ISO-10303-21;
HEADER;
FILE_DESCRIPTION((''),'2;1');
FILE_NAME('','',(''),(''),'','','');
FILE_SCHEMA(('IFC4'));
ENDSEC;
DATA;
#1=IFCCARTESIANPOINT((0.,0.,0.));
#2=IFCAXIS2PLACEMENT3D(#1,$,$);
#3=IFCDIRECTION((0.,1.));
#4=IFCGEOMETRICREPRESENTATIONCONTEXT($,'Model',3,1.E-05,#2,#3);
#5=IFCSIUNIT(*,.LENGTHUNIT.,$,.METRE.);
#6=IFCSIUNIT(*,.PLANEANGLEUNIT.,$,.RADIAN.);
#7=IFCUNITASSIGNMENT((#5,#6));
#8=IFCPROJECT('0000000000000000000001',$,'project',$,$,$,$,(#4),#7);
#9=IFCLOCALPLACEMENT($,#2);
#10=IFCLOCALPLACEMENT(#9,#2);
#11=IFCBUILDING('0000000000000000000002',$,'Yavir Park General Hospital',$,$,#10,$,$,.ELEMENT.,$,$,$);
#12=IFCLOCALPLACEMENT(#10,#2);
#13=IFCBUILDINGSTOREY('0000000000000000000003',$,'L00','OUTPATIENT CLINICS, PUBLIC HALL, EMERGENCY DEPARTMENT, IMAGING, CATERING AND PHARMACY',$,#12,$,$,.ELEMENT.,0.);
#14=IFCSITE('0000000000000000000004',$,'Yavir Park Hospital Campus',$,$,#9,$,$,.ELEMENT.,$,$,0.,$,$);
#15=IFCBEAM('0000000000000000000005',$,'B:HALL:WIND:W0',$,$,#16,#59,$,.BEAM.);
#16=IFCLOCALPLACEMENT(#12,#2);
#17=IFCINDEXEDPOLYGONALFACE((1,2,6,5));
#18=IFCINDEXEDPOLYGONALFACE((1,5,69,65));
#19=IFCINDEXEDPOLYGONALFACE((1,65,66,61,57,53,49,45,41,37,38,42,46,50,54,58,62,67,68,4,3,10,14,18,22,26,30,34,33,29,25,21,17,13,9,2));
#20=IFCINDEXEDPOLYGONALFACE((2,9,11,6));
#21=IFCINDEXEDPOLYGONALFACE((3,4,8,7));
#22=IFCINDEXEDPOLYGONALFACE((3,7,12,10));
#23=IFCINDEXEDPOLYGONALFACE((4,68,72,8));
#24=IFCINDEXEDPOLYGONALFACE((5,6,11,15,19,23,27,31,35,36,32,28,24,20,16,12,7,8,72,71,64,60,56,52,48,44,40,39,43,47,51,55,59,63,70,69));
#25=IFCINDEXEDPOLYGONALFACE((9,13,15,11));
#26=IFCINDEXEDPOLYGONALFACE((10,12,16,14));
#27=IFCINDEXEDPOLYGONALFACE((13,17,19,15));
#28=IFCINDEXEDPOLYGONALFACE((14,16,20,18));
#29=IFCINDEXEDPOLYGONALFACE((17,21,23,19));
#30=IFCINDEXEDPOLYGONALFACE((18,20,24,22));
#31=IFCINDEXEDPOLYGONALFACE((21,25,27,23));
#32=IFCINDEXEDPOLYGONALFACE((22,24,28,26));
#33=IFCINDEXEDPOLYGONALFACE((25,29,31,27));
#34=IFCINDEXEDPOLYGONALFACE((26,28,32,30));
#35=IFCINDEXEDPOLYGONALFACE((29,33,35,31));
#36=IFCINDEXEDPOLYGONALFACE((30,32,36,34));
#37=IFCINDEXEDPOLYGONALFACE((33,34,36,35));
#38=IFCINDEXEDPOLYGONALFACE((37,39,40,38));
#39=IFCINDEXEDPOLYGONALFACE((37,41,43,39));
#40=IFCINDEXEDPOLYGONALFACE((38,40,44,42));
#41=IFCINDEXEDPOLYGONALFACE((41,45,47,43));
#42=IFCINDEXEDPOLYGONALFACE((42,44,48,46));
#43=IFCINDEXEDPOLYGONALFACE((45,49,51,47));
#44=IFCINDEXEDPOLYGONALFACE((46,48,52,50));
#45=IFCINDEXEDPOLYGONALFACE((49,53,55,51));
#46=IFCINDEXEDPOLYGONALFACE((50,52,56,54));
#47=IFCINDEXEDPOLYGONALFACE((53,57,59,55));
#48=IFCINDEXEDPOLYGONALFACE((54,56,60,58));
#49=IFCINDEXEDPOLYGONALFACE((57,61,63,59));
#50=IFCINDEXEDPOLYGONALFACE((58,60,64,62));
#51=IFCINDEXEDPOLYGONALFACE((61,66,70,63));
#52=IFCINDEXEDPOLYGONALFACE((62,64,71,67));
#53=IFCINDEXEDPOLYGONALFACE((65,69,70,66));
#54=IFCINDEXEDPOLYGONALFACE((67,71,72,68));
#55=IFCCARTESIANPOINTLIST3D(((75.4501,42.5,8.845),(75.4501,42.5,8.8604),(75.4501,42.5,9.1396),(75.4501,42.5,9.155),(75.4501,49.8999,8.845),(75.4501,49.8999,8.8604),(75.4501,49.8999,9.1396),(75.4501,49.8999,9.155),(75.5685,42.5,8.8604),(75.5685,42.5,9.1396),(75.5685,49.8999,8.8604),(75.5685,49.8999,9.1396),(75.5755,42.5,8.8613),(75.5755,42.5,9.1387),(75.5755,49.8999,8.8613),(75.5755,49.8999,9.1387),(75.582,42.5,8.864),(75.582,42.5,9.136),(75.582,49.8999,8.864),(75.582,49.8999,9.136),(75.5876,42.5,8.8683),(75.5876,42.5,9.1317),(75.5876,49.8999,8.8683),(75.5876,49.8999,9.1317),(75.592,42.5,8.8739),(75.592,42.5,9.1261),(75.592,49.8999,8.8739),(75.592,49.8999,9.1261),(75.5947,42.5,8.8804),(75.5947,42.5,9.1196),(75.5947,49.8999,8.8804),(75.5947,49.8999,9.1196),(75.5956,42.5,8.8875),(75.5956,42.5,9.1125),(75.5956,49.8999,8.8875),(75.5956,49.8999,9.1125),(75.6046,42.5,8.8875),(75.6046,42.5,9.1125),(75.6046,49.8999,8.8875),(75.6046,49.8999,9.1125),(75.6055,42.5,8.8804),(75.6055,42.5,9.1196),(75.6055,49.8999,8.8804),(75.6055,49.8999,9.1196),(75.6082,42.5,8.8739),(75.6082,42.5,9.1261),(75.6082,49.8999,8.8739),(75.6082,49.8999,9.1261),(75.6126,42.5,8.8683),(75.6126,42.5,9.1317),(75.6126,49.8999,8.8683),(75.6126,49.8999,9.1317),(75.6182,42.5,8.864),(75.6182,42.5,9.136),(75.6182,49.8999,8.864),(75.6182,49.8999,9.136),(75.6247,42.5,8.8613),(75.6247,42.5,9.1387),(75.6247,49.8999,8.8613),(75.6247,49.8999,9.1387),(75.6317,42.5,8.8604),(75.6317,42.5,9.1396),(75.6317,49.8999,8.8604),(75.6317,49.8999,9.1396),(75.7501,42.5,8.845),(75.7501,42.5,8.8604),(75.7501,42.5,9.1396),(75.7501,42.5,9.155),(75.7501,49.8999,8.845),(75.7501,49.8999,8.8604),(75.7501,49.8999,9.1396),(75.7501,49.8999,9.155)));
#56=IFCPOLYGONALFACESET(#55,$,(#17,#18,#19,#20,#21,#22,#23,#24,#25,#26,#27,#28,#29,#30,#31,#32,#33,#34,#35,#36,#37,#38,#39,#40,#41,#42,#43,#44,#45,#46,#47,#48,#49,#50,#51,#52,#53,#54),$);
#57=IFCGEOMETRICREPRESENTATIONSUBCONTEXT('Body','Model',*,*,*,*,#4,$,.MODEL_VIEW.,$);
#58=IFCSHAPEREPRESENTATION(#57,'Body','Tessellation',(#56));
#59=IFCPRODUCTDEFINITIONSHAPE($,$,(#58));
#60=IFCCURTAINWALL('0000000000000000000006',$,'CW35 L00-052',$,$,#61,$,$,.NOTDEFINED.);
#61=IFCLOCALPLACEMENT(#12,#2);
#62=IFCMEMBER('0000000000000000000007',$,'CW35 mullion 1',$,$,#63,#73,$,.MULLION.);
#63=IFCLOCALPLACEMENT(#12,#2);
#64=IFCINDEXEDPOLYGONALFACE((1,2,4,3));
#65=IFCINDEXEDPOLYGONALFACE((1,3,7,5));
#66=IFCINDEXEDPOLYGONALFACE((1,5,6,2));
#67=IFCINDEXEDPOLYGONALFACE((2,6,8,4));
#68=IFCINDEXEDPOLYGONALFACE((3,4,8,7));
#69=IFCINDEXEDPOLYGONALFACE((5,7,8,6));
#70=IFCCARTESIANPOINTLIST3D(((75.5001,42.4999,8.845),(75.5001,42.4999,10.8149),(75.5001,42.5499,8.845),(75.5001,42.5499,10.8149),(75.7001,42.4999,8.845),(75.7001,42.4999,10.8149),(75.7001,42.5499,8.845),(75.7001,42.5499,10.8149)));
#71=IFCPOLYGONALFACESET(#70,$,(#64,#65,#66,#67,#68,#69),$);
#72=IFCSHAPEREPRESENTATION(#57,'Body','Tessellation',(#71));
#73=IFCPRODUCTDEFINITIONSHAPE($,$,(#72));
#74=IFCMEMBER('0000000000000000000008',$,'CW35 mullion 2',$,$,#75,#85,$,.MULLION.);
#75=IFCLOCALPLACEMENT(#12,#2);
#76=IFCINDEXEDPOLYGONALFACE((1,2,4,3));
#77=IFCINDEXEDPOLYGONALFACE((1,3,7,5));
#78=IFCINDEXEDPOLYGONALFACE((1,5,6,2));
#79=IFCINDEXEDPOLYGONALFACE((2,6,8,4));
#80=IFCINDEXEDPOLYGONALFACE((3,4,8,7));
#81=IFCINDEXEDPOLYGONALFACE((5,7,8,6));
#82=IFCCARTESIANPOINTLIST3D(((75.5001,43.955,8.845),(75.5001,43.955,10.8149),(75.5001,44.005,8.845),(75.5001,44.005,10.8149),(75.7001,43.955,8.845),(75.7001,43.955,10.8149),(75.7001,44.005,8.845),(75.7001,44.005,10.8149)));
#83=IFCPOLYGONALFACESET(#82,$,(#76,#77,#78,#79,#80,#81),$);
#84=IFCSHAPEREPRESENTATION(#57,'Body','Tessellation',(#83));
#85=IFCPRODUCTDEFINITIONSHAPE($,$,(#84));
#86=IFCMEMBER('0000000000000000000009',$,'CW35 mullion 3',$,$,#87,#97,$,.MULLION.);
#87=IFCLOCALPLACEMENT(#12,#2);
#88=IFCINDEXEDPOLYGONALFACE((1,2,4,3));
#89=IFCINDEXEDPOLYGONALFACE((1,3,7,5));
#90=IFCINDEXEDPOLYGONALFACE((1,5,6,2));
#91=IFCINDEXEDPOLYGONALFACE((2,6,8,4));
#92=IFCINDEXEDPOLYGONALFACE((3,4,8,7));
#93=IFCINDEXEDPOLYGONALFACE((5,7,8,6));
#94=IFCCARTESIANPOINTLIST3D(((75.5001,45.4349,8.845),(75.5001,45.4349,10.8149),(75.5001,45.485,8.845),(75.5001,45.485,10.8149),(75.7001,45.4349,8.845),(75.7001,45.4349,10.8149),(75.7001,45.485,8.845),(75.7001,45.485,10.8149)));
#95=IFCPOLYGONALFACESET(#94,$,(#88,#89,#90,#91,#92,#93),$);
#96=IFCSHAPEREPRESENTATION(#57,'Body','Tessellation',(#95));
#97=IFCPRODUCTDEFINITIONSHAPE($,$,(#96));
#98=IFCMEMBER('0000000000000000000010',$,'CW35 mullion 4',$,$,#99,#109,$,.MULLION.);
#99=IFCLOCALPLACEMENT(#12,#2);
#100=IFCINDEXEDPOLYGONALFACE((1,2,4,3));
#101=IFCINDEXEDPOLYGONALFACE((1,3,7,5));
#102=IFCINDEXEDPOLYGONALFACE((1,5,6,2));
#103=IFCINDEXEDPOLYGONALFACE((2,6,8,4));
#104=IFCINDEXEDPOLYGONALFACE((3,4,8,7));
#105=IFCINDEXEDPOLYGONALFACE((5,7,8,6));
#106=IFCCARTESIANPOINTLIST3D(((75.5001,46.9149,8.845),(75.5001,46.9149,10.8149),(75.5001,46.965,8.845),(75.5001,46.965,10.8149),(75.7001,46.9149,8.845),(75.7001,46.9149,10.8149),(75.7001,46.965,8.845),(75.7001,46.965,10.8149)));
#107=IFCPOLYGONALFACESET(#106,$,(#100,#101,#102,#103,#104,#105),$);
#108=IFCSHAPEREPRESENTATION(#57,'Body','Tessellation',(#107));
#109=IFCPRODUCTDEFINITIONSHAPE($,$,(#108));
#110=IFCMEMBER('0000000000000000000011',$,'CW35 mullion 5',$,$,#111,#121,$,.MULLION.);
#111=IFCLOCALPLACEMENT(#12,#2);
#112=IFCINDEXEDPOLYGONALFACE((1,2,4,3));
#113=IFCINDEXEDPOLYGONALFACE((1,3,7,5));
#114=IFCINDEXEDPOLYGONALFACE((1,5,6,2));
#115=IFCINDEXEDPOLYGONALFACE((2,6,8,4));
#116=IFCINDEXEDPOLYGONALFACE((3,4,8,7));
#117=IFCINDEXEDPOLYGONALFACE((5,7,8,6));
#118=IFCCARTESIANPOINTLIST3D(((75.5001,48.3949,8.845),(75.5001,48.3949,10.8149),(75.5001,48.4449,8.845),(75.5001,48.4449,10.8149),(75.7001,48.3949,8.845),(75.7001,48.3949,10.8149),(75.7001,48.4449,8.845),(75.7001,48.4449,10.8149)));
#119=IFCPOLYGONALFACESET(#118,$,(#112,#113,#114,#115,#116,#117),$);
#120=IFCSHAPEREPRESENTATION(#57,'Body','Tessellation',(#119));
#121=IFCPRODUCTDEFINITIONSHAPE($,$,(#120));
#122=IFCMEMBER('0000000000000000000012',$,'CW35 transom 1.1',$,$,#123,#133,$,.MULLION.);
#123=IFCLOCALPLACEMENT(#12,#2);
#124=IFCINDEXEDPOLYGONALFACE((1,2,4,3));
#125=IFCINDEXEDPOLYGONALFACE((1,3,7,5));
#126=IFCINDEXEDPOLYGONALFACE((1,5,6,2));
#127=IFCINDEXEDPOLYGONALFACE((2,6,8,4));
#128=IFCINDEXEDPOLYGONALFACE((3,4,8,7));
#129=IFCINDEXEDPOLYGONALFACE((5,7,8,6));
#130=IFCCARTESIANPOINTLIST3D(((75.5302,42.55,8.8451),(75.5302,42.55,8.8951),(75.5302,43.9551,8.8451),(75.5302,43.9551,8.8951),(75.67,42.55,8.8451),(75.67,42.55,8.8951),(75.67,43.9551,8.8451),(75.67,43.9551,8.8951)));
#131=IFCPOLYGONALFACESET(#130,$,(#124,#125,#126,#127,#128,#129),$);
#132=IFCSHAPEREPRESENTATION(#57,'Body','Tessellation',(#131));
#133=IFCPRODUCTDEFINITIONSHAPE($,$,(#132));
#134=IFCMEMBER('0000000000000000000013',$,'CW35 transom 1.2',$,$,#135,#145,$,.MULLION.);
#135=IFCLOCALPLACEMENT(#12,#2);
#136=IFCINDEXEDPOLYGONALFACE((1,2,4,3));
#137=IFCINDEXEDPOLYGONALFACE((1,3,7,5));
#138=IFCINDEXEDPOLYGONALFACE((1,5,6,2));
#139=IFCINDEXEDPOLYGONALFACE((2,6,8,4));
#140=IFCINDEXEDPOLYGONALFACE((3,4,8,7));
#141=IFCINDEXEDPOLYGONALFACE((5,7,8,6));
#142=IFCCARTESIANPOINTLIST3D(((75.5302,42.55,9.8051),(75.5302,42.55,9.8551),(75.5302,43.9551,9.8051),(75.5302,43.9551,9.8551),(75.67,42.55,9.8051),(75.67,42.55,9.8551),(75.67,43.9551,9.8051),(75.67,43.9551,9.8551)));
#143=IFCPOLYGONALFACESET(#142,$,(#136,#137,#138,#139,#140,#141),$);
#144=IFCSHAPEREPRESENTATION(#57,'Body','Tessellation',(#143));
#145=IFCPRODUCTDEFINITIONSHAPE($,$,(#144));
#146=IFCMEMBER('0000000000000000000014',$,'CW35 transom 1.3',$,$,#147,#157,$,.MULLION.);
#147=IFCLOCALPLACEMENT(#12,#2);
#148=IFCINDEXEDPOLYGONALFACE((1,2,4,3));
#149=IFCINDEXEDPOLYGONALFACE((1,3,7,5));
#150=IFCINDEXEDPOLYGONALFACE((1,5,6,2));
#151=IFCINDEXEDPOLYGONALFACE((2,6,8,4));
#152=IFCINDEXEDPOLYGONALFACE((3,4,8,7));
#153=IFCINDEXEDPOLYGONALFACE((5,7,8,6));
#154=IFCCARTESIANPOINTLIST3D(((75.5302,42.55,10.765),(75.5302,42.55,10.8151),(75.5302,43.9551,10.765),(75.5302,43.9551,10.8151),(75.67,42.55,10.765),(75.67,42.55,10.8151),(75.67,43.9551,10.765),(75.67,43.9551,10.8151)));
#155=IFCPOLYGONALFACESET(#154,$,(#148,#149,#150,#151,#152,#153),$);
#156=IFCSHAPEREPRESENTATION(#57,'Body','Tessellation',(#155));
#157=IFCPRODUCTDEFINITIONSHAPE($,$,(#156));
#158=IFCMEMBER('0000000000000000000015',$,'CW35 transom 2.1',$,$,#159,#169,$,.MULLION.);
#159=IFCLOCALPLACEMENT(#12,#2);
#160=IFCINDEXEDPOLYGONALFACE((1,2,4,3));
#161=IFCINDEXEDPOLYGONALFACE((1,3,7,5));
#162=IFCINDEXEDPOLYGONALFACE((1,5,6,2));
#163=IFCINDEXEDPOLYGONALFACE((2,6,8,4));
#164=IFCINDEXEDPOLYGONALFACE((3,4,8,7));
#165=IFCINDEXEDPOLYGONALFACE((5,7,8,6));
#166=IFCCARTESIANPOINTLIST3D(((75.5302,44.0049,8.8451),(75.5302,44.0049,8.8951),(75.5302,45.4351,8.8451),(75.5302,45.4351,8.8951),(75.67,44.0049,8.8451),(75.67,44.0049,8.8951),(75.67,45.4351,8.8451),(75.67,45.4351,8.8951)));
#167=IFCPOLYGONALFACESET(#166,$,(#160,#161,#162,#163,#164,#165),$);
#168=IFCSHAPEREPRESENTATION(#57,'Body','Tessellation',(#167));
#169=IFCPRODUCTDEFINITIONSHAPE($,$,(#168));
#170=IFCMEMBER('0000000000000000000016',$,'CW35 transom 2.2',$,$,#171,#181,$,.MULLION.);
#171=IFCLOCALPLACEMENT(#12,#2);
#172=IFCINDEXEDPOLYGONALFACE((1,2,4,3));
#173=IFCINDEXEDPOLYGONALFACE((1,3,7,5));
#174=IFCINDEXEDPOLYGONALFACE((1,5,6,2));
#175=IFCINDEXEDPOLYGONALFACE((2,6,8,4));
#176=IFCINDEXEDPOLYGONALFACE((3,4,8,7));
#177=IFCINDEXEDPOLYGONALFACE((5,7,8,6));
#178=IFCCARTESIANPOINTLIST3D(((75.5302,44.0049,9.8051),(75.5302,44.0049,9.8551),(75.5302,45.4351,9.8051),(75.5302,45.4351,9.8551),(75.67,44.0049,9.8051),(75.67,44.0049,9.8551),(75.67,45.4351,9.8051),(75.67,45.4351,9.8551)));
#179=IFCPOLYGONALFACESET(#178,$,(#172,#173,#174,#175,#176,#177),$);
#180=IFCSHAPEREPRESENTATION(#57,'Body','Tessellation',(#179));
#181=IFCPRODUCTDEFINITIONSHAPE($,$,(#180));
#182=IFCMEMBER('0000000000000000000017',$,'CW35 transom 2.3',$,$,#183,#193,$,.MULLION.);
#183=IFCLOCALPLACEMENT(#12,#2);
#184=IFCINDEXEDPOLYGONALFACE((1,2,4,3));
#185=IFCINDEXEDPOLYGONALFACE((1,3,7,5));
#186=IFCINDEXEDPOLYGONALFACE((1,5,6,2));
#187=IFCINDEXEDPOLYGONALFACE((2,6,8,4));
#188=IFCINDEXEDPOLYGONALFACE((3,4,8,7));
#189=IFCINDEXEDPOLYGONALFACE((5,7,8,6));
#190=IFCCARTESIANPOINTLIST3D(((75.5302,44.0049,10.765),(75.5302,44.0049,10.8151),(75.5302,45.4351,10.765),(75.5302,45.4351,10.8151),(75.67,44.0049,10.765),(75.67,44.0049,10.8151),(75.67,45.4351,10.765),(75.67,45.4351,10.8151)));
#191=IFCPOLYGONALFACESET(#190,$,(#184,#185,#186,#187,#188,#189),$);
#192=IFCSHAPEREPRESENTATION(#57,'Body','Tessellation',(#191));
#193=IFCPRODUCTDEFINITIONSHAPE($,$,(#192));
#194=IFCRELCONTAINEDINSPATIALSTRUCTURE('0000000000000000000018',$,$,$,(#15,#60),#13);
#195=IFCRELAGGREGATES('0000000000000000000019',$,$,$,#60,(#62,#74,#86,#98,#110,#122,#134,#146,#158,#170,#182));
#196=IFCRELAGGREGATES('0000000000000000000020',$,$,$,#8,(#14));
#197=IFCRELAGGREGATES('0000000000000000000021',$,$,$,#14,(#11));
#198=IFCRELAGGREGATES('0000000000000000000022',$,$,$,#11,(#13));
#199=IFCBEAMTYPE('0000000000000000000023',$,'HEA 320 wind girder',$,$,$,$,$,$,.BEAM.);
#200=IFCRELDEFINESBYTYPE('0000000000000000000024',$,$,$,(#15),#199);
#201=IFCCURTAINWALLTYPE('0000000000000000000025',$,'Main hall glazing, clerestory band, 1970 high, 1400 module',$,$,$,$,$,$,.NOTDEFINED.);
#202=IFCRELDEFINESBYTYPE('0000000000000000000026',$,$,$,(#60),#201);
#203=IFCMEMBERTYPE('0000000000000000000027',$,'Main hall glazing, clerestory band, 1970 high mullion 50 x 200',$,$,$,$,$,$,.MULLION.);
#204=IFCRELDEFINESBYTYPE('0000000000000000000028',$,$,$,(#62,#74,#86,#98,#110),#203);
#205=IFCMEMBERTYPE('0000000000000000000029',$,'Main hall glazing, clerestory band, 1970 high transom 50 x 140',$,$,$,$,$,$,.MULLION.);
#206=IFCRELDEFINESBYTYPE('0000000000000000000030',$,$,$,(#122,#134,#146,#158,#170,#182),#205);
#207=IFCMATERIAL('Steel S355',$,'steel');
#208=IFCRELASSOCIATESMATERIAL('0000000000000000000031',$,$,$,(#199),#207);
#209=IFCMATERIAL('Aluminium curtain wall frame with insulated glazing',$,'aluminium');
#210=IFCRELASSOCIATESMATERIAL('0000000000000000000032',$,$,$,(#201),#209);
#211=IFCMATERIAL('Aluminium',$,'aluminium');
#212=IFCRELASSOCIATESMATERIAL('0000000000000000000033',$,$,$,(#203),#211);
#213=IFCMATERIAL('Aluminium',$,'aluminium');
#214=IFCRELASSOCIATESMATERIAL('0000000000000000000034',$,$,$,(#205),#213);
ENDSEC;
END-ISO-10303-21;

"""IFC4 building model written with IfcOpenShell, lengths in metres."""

from ifc_helpers import new_model, si_unit, direction, frame, origin, origin_2d, place, context, subcontext, project, spatial, rectangle, i_section, extrude, material, material_profile, profile_set, type_object, element, aggregate, save


model = new_model("IFC4")

# Units and contexts
model_context = context("Model", 3, precision=1e-05, world=origin(), true_north=direction((0.0, 1.0)))
body_context = subcontext(model_context, "Body", "Model", "MODEL_VIEW")
ifc_project = project(units=[si_unit("LENGTHUNIT", "METRE"), si_unit("PLANEANGLEUNIT", "RADIAN")], contexts=[model_context])

# Site, building, storey
site_placement = place(None, origin())
site = spatial("IfcSite", under=ifc_project, at=site_placement, Name="Yavir Park Hospital Campus", CompositionType="ELEMENT", RefElevation=0.0)
building_placement = place(site_placement, origin())
building = spatial("IfcBuilding", under=site, at=building_placement, Name="Yavir Park General Hospital", CompositionType="ELEMENT")
storey_placement = place(building_placement, origin())
storey = spatial("IfcBuildingStorey", under=building, at=storey_placement, Name="L00", Description="OUTPATIENT CLINICS, PUBLIC HALL, EMERGENCY DEPARTMENT, IMAGING, CATERING AND PHARMACY", CompositionType="ELEMENT", Elevation=0.0)

# Beam
ifc_material_1 = material(Name="Steel S355", Category="steel")
ifc_material_profile_1 = material_profile(ifc_material_1, i_section(OverallWidth=0.3, OverallDepth=0.3101, WebThickness=0.009, FlangeThickness=0.0154, FilletRadius=0.0271, at=origin_2d()), Name="HEA320")
ifc_profile_set_1 = profile_set([ifc_material_profile_1], Name="Steel S355")
beam_type_1 = type_object("IfcBeamType", Name="HEA 320 wind girder", PredefinedType="BEAM", material=ifc_profile_set_1)
beam_1_placement = place(storey_placement, frame((75.6001, 42.5, 9.0), z_axis=(0.0, 1.0, 0.0), x_axis=(-1.0, 0.0, 0.0)))
element("IfcBeam", 1, at=beam_1_placement, inside=storey, type_object=beam_type_1, Name="B:HALL:WIND:W0", PredefinedType="BEAM", context=body_context, shape_type="SweptSolid", body=[
    extrude(i_section(OverallWidth=0.3, OverallDepth=0.3101, WebThickness=0.009, FlangeThickness=0.0154, FilletRadius=0.0271, at=origin_2d()), origin(), (0.0, 0.0, 1.0), 7.3999),
])

# Curtain wall, members
ifc_material_2 = material(Name="Aluminium curtain wall frame with insulated glazing", Category="aluminium")
curtain_wall_type_1 = type_object("IfcCurtainWallType", Name="Main hall glazing, clerestory band, 1970 high, 1400 module", PredefinedType="NOTDEFINED", material=ifc_material_2)
curtain_wall_1_placement = place(storey_placement, origin())
curtain_wall_1 = element("IfcCurtainWall", 2, at=curtain_wall_1_placement, inside=storey, type_object=curtain_wall_type_1, Name="CW35 L00-052", PredefinedType="NOTDEFINED")
ifc_material_3 = material(Name="Aluminium", Category="aluminium")
ifc_material_profile_2 = material_profile(ifc_material_3, rectangle(XDim=0.2, YDim=0.05, at=origin_2d()), Name="AL 50x200")
ifc_profile_set_2 = profile_set([ifc_material_profile_2], Name="Aluminium")
member_type_1 = type_object("IfcMemberType", Name="Main hall glazing, clerestory band, 1970 high mullion 50 x 200", PredefinedType="MULLION", material=ifc_profile_set_2)
member_1_placement = place(storey_placement, frame((75.6001, 42.5249, 8.845), z_axis=(0.0, 0.0, 1.0), x_axis=(-1.0, 0.0, 0.0)))
member_1 = element("IfcMember", 3, at=member_1_placement, type_object=member_type_1, Name="CW35 mullion 1", PredefinedType="MULLION", context=body_context, shape_type="SweptSolid", body=[
    extrude(rectangle(XDim=0.2, YDim=0.05, at=origin_2d()), origin(), (0.0, 0.0, 1.0), 1.97),
])
member_2_placement = place(storey_placement, frame((75.6001, 43.98, 8.845), z_axis=(0.0, 0.0, 1.0), x_axis=(-1.0, 0.0, 0.0)))
member_2 = element("IfcMember", 4, at=member_2_placement, type_object=member_type_1, Name="CW35 mullion 2", PredefinedType="MULLION", context=body_context, shape_type="SweptSolid", body=[
    extrude(rectangle(XDim=0.2, YDim=0.05, at=origin_2d()), origin(), (0.0, 0.0, 1.0), 1.97),
])
member_3_placement = place(storey_placement, frame((75.6001, 45.46, 8.845), z_axis=(0.0, 0.0, 1.0), x_axis=(-1.0, 0.0, 0.0)))
member_3 = element("IfcMember", 5, at=member_3_placement, type_object=member_type_1, Name="CW35 mullion 3", PredefinedType="MULLION", context=body_context, shape_type="SweptSolid", body=[
    extrude(rectangle(XDim=0.2, YDim=0.05, at=origin_2d()), origin(), (0.0, 0.0, 1.0), 1.97),
])
member_4_placement = place(storey_placement, frame((75.6001, 46.9399, 8.845), z_axis=(0.0, 0.0, 1.0), x_axis=(-1.0, 0.0, 0.0)))
member_4 = element("IfcMember", 6, at=member_4_placement, type_object=member_type_1, Name="CW35 mullion 4", PredefinedType="MULLION", context=body_context, shape_type="SweptSolid", body=[
    extrude(rectangle(XDim=0.2, YDim=0.05, at=origin_2d()), origin(), (0.0, 0.0, 1.0), 1.97),
])
member_5_placement = place(storey_placement, frame((75.6001, 48.4199, 8.845), z_axis=(0.0, 0.0, 1.0), x_axis=(-1.0, 0.0, 0.0)))
member_5 = element("IfcMember", 7, at=member_5_placement, type_object=member_type_1, Name="CW35 mullion 5", PredefinedType="MULLION", context=body_context, shape_type="SweptSolid", body=[
    extrude(rectangle(XDim=0.2, YDim=0.05, at=origin_2d()), origin(), (0.0, 0.0, 1.0), 1.97),
])
ifc_material_4 = material(Name="Aluminium", Category="aluminium")
ifc_material_profile_3 = material_profile(ifc_material_4, rectangle(XDim=0.1399, YDim=0.05, at=origin_2d()), Name="AL 140x50")
ifc_profile_set_3 = profile_set([ifc_material_profile_3], Name="Aluminium")
member_type_2 = type_object("IfcMemberType", Name="Main hall glazing, clerestory band, 1970 high transom 50 x 140", PredefinedType="MULLION", material=ifc_profile_set_3)
member_6_placement = place(storey_placement, frame((75.6001, 42.55, 8.8701), z_axis=(0.0, 1.0, 0.0), x_axis=(-1.0, 0.0, 0.0)))
member_6 = element("IfcMember", 8, at=member_6_placement, type_object=member_type_2, Name="CW35 transom 1.1", PredefinedType="MULLION", context=body_context, shape_type="SweptSolid", body=[
    extrude(rectangle(XDim=0.1399, YDim=0.05, at=origin_2d()), origin(), (0.0, 0.0, 1.0), 1.405),
])
member_7_placement = place(storey_placement, frame((75.6001, 42.55, 9.8301), z_axis=(0.0, 1.0, 0.0), x_axis=(-1.0, 0.0, 0.0)))
member_7 = element("IfcMember", 9, at=member_7_placement, type_object=member_type_2, Name="CW35 transom 1.2", PredefinedType="MULLION", context=body_context, shape_type="SweptSolid", body=[
    extrude(rectangle(XDim=0.1399, YDim=0.05, at=origin_2d()), origin(), (0.0, 0.0, 1.0), 1.405),
])
member_8_placement = place(storey_placement, frame((75.6001, 42.55, 10.79), z_axis=(0.0, 1.0, 0.0), x_axis=(-1.0, 0.0, 0.0)))
member_8 = element("IfcMember", 10, at=member_8_placement, type_object=member_type_2, Name="CW35 transom 1.3", PredefinedType="MULLION", context=body_context, shape_type="SweptSolid", body=[
    extrude(rectangle(XDim=0.1399, YDim=0.05, at=origin_2d()), origin(), (0.0, 0.0, 1.0), 1.405),
])
member_9_placement = place(storey_placement, frame((75.6001, 44.0049, 8.8701), z_axis=(0.0, 1.0, 0.0), x_axis=(-1.0, 0.0, 0.0)))
member_9 = element("IfcMember", 11, at=member_9_placement, type_object=member_type_2, Name="CW35 transom 2.1", PredefinedType="MULLION", context=body_context, shape_type="SweptSolid", body=[
    extrude(rectangle(XDim=0.1399, YDim=0.05, at=origin_2d()), origin(), (0.0, 0.0, 1.0), 1.4302),
])
member_10_placement = place(storey_placement, frame((75.6001, 44.0049, 9.8301), z_axis=(0.0, 1.0, 0.0), x_axis=(-1.0, 0.0, 0.0)))
member_10 = element("IfcMember", 12, at=member_10_placement, type_object=member_type_2, Name="CW35 transom 2.2", PredefinedType="MULLION", context=body_context, shape_type="SweptSolid", body=[
    extrude(rectangle(XDim=0.1399, YDim=0.05, at=origin_2d()), origin(), (0.0, 0.0, 1.0), 1.4302),
])
member_11_placement = place(storey_placement, frame((75.6001, 44.0049, 10.79), z_axis=(0.0, 1.0, 0.0), x_axis=(-1.0, 0.0, 0.0)))
member_11 = element("IfcMember", 13, at=member_11_placement, type_object=member_type_2, Name="CW35 transom 2.3", PredefinedType="MULLION", context=body_context, shape_type="SweptSolid", body=[
    extrude(rectangle(XDim=0.1399, YDim=0.05, at=origin_2d()), origin(), (0.0, 0.0, 1.0), 1.4302),
])

aggregate(curtain_wall_1, [member_1, member_2, member_3, member_4, member_5, member_6, member_7, member_8, member_9, member_10, member_11])

save(model, "model.ifc")
